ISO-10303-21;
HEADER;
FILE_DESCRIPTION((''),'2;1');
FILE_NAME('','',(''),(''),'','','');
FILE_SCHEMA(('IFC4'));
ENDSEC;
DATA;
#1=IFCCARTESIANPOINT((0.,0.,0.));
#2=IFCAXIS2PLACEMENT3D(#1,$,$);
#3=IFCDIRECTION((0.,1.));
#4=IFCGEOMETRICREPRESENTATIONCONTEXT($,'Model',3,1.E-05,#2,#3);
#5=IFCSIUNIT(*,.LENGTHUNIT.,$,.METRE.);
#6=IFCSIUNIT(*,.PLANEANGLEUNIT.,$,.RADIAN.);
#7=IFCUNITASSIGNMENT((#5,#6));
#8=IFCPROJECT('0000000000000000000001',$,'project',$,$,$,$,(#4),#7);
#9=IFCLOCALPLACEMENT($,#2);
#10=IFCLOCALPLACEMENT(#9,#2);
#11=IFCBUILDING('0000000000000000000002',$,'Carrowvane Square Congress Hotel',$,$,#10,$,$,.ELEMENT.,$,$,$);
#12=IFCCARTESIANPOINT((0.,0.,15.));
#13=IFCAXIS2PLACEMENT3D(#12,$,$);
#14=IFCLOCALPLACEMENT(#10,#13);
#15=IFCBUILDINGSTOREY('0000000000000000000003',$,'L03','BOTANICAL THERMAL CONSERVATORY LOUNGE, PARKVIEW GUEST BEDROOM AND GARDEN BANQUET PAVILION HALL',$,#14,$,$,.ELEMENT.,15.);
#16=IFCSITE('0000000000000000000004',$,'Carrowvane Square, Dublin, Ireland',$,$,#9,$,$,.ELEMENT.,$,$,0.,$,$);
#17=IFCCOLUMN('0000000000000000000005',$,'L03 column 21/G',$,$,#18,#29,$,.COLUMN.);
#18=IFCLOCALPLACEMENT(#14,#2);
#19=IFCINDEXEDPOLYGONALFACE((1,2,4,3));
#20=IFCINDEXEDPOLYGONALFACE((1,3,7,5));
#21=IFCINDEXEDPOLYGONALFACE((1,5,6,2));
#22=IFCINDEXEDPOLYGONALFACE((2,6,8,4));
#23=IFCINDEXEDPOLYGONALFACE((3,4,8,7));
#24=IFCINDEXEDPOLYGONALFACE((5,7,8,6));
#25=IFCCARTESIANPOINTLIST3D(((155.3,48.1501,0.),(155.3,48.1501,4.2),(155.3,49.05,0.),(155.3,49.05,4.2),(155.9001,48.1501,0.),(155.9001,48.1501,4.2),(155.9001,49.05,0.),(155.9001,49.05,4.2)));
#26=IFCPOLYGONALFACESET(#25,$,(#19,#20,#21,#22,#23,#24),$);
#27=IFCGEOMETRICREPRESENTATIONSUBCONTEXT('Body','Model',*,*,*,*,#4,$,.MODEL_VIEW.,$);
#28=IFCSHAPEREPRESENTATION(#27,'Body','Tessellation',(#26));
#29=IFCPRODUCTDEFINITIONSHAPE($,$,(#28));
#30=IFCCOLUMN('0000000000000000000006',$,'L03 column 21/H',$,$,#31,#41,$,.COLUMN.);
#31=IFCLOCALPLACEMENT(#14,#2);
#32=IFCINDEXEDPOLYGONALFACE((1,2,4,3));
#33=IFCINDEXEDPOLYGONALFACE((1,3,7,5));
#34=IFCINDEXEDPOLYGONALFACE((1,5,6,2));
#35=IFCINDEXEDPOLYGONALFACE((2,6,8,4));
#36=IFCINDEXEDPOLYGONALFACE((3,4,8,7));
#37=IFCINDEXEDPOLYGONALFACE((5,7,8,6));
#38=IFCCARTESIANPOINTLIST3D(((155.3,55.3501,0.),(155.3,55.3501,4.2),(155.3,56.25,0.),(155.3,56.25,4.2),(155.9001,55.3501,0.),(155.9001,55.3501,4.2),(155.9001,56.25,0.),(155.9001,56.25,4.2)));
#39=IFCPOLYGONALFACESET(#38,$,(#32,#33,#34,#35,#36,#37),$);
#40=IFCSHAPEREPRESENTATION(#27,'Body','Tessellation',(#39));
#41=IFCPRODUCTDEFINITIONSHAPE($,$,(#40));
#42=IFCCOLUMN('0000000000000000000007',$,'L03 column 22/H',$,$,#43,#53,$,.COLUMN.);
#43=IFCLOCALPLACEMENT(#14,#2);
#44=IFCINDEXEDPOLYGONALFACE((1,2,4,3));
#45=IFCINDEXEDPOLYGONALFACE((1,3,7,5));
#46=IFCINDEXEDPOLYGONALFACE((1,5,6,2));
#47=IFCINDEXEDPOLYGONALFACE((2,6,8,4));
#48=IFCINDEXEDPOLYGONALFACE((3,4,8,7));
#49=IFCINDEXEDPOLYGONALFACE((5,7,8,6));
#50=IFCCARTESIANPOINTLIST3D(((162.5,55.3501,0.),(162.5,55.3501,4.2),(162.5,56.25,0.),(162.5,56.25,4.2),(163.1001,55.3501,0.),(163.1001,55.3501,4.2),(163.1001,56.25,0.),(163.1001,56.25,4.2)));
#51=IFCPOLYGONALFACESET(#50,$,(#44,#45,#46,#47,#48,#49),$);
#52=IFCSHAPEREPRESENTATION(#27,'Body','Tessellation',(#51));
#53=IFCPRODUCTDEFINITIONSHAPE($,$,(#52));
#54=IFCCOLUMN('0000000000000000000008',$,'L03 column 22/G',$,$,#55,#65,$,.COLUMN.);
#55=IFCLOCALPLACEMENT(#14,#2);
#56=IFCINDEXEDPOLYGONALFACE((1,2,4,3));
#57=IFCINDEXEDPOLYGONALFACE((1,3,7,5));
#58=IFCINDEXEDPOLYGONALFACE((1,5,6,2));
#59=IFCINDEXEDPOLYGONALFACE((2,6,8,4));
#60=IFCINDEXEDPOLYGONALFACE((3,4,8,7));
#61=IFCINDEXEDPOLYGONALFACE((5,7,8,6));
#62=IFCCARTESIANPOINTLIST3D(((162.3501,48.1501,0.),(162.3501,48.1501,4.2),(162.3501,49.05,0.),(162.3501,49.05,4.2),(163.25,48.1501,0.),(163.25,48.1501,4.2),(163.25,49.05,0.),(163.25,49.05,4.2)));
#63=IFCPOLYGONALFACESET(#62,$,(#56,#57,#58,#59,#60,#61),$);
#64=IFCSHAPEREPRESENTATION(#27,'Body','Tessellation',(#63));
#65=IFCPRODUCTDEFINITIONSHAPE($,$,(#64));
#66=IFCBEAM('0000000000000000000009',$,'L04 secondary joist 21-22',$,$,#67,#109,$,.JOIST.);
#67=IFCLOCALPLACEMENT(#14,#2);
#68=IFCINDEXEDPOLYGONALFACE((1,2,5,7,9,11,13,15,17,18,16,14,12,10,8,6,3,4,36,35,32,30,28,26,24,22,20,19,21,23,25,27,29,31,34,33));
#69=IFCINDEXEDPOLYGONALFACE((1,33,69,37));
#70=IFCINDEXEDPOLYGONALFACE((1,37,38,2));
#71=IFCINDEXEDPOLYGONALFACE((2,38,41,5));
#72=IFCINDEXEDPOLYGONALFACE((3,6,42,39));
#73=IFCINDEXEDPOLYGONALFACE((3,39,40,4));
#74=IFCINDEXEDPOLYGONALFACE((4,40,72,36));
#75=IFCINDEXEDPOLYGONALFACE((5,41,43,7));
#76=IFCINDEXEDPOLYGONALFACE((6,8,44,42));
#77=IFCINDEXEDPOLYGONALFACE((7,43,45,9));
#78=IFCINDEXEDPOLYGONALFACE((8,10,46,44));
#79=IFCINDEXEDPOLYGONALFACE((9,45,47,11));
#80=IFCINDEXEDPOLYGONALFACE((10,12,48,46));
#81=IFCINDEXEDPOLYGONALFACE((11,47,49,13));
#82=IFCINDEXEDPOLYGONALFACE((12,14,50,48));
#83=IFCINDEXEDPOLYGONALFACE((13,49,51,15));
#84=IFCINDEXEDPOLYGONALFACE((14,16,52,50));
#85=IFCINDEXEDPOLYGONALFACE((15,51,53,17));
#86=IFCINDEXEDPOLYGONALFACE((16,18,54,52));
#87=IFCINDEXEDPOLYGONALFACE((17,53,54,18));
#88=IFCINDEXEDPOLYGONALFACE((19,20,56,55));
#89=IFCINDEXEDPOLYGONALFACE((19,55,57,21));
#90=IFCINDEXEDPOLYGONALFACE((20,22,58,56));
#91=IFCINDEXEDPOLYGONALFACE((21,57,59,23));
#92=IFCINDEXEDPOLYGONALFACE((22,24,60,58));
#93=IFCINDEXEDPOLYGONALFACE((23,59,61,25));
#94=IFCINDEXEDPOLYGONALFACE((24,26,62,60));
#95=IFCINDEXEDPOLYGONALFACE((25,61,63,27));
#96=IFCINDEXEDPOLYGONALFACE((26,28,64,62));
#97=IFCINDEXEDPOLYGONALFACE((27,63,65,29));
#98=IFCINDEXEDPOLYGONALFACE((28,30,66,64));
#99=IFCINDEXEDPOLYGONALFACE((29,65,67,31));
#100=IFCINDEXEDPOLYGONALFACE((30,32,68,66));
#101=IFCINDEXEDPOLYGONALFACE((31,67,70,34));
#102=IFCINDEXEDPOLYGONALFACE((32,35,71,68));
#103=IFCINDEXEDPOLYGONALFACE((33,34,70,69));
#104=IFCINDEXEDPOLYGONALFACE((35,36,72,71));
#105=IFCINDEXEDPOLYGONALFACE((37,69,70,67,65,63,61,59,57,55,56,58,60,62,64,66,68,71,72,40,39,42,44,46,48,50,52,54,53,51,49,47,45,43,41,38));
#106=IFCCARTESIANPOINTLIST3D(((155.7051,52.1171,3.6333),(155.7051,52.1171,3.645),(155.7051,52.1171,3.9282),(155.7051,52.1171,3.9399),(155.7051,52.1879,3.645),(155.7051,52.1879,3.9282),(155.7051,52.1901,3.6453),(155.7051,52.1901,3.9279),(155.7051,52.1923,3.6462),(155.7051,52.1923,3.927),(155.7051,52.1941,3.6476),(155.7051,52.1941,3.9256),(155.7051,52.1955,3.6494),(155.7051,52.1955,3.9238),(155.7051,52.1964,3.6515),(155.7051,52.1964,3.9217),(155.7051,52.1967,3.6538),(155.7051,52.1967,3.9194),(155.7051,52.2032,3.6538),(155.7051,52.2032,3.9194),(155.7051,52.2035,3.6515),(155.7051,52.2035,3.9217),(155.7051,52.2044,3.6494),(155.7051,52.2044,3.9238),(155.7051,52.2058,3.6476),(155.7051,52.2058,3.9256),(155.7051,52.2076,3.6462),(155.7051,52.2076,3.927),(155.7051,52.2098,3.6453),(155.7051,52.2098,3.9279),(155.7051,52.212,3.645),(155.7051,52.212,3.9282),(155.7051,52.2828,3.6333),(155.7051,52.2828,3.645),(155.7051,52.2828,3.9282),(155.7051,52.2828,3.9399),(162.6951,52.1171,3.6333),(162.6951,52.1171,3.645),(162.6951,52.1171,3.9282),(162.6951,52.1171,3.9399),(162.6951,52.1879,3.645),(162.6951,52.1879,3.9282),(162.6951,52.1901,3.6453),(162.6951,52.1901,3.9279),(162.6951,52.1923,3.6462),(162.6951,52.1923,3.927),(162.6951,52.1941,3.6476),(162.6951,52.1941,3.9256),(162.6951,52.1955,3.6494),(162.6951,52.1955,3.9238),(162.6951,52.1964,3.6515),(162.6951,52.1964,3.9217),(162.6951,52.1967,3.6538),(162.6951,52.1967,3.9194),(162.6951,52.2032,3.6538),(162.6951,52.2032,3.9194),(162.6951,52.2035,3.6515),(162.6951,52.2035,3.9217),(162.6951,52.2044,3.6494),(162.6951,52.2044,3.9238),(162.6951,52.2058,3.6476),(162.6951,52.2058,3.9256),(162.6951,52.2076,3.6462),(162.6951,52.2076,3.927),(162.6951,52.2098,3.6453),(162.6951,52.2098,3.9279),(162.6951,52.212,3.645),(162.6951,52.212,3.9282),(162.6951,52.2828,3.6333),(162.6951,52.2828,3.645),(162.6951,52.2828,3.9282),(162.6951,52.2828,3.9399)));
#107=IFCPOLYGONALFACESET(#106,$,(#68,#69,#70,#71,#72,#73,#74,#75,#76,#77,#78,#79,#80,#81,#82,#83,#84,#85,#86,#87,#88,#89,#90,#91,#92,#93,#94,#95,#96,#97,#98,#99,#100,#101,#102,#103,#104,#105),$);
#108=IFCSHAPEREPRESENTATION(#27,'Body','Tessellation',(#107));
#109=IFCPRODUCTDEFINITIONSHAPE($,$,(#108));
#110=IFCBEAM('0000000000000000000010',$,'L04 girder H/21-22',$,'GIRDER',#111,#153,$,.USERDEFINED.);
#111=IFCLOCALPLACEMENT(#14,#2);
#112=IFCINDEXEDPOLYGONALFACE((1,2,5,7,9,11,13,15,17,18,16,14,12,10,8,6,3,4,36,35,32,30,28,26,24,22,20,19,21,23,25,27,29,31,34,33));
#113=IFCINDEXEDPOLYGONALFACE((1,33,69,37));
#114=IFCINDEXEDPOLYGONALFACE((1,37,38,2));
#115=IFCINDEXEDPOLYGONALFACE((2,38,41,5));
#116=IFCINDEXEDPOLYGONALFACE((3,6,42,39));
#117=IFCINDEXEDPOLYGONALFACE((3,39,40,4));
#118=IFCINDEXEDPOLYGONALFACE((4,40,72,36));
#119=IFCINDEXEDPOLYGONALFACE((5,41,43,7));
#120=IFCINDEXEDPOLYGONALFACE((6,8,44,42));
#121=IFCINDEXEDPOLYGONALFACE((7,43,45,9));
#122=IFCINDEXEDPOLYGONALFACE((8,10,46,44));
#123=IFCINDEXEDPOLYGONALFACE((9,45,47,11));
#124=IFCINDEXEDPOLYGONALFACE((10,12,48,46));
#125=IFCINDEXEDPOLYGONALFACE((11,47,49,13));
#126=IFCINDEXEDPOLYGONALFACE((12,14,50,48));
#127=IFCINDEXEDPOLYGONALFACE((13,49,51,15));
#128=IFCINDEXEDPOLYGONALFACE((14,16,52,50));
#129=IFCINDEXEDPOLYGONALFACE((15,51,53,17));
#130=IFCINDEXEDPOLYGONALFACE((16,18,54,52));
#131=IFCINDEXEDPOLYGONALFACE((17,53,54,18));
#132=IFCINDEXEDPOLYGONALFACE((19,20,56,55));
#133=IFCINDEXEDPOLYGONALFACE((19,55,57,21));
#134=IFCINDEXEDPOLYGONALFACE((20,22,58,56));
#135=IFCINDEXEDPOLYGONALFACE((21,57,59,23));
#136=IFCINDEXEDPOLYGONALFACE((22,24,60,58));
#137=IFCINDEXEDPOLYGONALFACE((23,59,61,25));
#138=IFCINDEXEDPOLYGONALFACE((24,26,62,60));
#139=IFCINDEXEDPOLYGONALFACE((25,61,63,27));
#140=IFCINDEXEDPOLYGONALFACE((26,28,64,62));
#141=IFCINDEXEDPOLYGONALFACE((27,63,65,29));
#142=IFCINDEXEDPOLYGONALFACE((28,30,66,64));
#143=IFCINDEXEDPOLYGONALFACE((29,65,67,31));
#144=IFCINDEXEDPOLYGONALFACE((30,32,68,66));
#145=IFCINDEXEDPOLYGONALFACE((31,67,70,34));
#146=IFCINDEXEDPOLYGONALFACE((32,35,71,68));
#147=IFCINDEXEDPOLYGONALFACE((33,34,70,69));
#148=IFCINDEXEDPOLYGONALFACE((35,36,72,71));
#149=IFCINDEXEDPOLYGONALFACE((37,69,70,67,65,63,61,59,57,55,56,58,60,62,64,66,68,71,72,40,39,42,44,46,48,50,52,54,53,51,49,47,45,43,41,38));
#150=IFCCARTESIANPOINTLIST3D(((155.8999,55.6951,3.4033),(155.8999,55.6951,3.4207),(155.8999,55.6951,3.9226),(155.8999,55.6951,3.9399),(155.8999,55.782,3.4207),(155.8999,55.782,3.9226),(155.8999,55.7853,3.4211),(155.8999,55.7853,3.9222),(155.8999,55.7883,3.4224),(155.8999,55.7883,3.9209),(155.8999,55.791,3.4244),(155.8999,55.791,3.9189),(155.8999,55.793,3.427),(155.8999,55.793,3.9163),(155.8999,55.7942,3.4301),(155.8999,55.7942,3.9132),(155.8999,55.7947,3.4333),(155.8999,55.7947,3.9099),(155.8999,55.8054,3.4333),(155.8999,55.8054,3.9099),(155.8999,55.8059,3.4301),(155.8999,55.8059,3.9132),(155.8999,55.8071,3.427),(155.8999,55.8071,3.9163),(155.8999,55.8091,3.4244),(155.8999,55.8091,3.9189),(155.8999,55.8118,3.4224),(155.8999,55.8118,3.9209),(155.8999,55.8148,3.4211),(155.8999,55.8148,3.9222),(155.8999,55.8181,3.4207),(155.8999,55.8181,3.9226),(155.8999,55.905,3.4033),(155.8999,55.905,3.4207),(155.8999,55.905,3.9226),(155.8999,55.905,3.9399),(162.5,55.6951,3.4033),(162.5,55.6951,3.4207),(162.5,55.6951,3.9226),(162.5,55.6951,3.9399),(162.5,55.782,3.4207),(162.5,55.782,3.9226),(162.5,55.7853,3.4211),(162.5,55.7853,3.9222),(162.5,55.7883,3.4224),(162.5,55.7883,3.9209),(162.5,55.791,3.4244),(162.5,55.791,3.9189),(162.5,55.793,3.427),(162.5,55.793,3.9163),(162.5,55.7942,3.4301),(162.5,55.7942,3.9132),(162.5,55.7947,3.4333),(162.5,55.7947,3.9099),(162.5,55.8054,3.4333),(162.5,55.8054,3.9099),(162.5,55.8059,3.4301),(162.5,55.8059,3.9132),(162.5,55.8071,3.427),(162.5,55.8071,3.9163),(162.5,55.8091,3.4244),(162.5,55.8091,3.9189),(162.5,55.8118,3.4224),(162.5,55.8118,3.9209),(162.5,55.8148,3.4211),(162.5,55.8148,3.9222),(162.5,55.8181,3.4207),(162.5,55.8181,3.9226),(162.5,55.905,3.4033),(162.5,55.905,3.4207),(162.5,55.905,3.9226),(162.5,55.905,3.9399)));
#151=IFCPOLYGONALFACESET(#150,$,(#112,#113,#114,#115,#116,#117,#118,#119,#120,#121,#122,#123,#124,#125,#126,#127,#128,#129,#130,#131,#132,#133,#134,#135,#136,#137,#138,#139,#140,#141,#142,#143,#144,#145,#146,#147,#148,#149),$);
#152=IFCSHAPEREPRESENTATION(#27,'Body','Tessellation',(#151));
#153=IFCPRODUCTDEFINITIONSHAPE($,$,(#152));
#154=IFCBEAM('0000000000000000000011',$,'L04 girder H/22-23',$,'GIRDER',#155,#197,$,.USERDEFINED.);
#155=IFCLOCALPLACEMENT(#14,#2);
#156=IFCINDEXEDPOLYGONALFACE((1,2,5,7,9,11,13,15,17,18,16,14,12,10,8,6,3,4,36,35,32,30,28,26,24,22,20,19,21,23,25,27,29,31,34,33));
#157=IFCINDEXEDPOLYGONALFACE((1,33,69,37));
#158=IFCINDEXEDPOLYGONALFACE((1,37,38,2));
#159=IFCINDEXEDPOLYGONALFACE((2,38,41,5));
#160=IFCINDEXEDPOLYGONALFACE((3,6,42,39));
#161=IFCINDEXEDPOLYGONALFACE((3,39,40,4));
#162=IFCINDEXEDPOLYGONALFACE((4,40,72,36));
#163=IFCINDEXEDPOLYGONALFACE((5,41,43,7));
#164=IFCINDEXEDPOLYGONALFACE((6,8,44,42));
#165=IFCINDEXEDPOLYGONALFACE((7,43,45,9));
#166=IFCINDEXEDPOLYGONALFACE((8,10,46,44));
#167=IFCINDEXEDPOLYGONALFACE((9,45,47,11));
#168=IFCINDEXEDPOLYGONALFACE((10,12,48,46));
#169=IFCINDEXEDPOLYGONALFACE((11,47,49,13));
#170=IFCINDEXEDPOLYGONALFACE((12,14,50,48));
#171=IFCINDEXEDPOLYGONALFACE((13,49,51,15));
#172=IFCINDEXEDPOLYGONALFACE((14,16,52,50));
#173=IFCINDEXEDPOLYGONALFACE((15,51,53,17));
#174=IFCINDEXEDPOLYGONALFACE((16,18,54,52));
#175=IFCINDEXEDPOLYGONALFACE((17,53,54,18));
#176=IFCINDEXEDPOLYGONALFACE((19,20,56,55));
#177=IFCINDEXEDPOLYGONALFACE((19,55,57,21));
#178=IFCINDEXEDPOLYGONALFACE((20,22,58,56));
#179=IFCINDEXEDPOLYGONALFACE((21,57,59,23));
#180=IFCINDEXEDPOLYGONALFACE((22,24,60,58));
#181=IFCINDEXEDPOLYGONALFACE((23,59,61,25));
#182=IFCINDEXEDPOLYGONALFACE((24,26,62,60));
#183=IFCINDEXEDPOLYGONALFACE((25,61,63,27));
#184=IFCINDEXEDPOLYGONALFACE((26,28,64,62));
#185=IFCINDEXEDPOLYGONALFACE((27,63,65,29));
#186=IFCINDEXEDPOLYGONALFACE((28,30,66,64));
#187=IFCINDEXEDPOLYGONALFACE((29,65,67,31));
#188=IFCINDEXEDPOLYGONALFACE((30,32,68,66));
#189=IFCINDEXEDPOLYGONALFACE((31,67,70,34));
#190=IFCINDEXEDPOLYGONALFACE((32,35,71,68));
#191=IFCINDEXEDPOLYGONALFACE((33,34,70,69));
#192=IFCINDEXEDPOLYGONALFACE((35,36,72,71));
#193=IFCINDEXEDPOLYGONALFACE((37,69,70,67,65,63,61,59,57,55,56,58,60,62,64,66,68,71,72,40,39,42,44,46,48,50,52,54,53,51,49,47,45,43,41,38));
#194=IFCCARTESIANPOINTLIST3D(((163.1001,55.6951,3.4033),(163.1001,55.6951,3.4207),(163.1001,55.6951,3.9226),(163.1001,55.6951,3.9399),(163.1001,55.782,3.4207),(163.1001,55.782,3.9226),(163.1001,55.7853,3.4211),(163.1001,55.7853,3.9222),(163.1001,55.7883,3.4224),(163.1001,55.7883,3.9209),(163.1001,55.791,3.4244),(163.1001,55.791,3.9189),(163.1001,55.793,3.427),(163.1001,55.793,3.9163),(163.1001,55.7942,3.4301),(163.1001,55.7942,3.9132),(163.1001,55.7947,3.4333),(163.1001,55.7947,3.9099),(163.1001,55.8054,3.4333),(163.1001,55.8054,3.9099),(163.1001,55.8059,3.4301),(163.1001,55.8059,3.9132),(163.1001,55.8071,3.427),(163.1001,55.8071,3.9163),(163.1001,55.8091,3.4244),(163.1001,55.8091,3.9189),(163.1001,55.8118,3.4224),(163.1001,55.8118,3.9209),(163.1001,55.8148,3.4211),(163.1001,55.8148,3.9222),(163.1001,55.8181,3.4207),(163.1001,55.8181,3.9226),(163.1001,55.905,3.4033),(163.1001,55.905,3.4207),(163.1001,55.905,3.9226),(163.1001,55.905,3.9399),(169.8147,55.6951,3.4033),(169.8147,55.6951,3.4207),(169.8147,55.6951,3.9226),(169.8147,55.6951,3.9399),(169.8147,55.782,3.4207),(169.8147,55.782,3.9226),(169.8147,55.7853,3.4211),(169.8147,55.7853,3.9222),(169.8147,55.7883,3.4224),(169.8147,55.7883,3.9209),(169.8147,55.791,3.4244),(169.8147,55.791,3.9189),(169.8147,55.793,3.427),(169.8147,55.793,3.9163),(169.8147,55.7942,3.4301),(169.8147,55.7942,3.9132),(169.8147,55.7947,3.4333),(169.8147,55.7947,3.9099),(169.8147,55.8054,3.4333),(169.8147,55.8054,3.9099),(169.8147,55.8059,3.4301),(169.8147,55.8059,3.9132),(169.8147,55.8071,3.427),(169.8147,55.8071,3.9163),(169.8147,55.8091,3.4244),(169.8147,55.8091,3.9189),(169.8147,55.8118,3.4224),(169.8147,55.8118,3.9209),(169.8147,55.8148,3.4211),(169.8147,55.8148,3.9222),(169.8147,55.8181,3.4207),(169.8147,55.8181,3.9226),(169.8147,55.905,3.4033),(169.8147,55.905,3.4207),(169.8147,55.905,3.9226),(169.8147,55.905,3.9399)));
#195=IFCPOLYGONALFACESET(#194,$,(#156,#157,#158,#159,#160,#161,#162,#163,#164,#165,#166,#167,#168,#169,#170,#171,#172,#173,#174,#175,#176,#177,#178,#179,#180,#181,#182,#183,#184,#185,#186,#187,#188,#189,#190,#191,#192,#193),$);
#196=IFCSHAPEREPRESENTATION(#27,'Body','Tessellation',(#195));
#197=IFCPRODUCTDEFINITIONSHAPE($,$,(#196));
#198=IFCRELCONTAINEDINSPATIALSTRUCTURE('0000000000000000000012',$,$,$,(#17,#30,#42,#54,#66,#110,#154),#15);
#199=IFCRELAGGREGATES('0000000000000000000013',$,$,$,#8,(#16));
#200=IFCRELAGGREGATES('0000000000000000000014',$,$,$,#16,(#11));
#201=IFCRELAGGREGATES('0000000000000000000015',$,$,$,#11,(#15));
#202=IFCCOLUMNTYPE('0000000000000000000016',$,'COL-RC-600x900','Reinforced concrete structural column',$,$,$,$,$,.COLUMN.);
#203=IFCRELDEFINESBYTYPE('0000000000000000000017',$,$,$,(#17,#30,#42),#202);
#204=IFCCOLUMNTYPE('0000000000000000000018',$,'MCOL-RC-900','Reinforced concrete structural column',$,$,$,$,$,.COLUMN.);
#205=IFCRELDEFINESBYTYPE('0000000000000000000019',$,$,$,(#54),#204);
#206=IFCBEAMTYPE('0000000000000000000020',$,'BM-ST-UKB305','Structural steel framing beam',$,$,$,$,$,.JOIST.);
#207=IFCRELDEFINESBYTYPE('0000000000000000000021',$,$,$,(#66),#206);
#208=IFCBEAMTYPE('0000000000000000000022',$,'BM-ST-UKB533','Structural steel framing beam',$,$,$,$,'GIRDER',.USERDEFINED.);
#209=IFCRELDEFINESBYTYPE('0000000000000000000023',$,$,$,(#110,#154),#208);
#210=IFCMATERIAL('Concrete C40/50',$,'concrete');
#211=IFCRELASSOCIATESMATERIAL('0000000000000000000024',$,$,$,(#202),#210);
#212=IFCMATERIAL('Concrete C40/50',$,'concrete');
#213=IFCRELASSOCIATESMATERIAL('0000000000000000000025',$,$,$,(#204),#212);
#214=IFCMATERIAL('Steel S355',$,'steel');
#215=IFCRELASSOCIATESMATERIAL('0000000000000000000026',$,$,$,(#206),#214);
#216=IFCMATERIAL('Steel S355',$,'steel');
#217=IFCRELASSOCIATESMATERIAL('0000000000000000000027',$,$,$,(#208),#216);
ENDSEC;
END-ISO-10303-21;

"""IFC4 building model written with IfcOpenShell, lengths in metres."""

from ifc_helpers import new_model, si_unit, direction, frame, origin, origin_2d, place, context, subcontext, project, spatial, rectangle, i_section, extrude, material, material_profile, profile_set, type_object, element, save


model = new_model("IFC4")

# Units and contexts
model_context = context("Model", 3, precision=1e-05, world=origin(), true_north=direction((0.0, 1.0)))
body_context = subcontext(model_context, "Body", "Model", "MODEL_VIEW")
ifc_project = project(units=[si_unit("LENGTHUNIT", "METRE"), si_unit("PLANEANGLEUNIT", "RADIAN")], contexts=[model_context])

# Site, building, storey
site_placement = place(None, origin())
site = spatial("IfcSite", under=ifc_project, at=site_placement, Name="Carrowvane Square, Dublin, Ireland", CompositionType="ELEMENT", RefElevation=0.0)
building_placement = place(site_placement, origin())
building = spatial("IfcBuilding", under=site, at=building_placement, Name="Carrowvane Square Congress Hotel", CompositionType="ELEMENT")
storey_placement = place(building_placement, frame((0.0, 0.0, 15.0)))
storey = spatial("IfcBuildingStorey", under=building, at=storey_placement, Name="L03", Description="BOTANICAL THERMAL CONSERVATORY LOUNGE, PARKVIEW GUEST BEDROOM AND GARDEN BANQUET PAVILION HALL", CompositionType="ELEMENT", Elevation=15.0)

# Columns
ifc_material_1 = material(Name="Concrete C40/50", Category="concrete")
ifc_material_profile_1 = material_profile(ifc_material_1, rectangle(XDim=0.6001, YDim=0.8999, at=origin_2d()), Name="RC 600x900")
ifc_profile_set_1 = profile_set([ifc_material_profile_1], Name="Concrete C40/50")
column_type_1 = type_object("IfcColumnType", Name="COL-RC-600x900", Description="Reinforced concrete structural column", PredefinedType="COLUMN", material=ifc_profile_set_1)
for number, where, z_axis, x_axis, name in (
    (1, (155.6001, 48.6001, 0.0), (0.0, 0.0, 1.0), (1.0, 0.0, 0.0), "L03 column 21/G"),
    (2, (155.6001, 55.8, 0.0), (0.0, 0.0, 1.0), (1.0, 0.0, 0.0), "L03 column 21/H"),
    (3, (162.8, 55.8, 0.0), (0.0, 0.0, 1.0), (1.0, 0.0, 0.0), "L03 column 22/H"),
):
    element("IfcColumn", number, at=place(storey_placement, frame(where, z_axis=z_axis, x_axis=x_axis)), inside=storey, type_object=column_type_1, Name=name, PredefinedType="COLUMN", context=body_context, shape_type="SweptSolid", body=[
        extrude(rectangle(XDim=0.6001, YDim=0.8999, at=origin_2d()), origin(), (0.0, 0.0, 1.0), 4.2),
    ])
ifc_material_2 = material(Name="Concrete C40/50", Category="concrete")
ifc_material_profile_2 = material_profile(ifc_material_2, rectangle(XDim=0.8999, YDim=0.8999, at=origin_2d()), Name="RC 900x900")
ifc_profile_set_2 = profile_set([ifc_material_profile_2], Name="Concrete C40/50")
column_type_2 = type_object("IfcColumnType", Name="MCOL-RC-900", Description="Reinforced concrete structural column", PredefinedType="COLUMN", material=ifc_profile_set_2)
column_placement = place(storey_placement, frame((162.8, 48.6001, 0.0), z_axis=(0.0, 0.0, 1.0), x_axis=(1.0, 0.0, 0.0)))
element("IfcColumn", 4, at=column_placement, inside=storey, type_object=column_type_2, Name="L03 column 22/G", PredefinedType="COLUMN", context=body_context, shape_type="SweptSolid", body=[
    extrude(rectangle(XDim=0.8999, YDim=0.8999, at=origin_2d()), origin(), (0.0, 0.0, 1.0), 4.2),
])

# Beams
ifc_material_3 = material(Name="Steel S355", Category="steel")
ifc_material_profile_3 = material_profile(ifc_material_3, i_section(OverallWidth=0.1658, OverallDepth=0.3066, WebThickness=0.0066, FlangeThickness=0.0117, FilletRadius=0.0088, at=origin_2d()), Name="UKB 305x165x46")
ifc_profile_set_3 = profile_set([ifc_material_profile_3], Name="Steel S355")
beam_type_1 = type_object("IfcBeamType", Name="BM-ST-UKB305", Description="Structural steel framing beam", PredefinedType="JOIST", material=ifc_profile_set_3)
beam_1_placement = place(storey_placement, frame((155.7051, 52.2, 3.7866), z_axis=(1.0, 0.0, 0.0), x_axis=(0.0, 1.0, 0.0)))
element("IfcBeam", 5, at=beam_1_placement, inside=storey, type_object=beam_type_1, Name="L04 secondary joist 21-22", PredefinedType="JOIST", context=body_context, shape_type="SweptSolid", body=[
    extrude(i_section(OverallWidth=0.1658, OverallDepth=0.3066, WebThickness=0.0066, FlangeThickness=0.0117, FilletRadius=0.0088, at=origin_2d()), origin(), (0.0, 0.0, 1.0), 6.99),
])
ifc_material_4 = material(Name="Steel S355", Category="steel")
ifc_material_profile_4 = material_profile(ifc_material_4, i_section(OverallWidth=0.21, OverallDepth=0.5366, WebThickness=0.0107, FlangeThickness=0.0173, FilletRadius=0.0127, at=origin_2d()), Name="UKB 533x210x101")
ifc_profile_set_4 = profile_set([ifc_material_profile_4], Name="Steel S355")
beam_type_2 = type_object("IfcBeamType", Name="BM-ST-UKB533", Description="Structural steel framing beam", ElementType="GIRDER", PredefinedType="USERDEFINED", material=ifc_profile_set_4)
beam_2_placement = place(storey_placement, frame((155.8999, 55.8, 3.6716), z_axis=(1.0, 0.0, 0.0), x_axis=(0.0, 1.0, 0.0)))
element("IfcBeam", 6, at=beam_2_placement, inside=storey, type_object=beam_type_2, Name="L04 girder H/21-22", ObjectType="GIRDER", PredefinedType="USERDEFINED", context=body_context, shape_type="SweptSolid", body=[
    extrude(i_section(OverallWidth=0.21, OverallDepth=0.5366, WebThickness=0.0107, FlangeThickness=0.0173, FilletRadius=0.0127, at=origin_2d()), origin(), (0.0, 0.0, 1.0), 6.6001),
])
beam_3_placement = place(storey_placement, frame((163.1001, 55.8, 3.6716), z_axis=(1.0, 0.0, 0.0), x_axis=(0.0, 1.0, 0.0)))
element("IfcBeam", 7, at=beam_3_placement, inside=storey, type_object=beam_type_2, Name="L04 girder H/22-23", ObjectType="GIRDER", PredefinedType="USERDEFINED", context=body_context, shape_type="SweptSolid", body=[
    extrude(i_section(OverallWidth=0.21, OverallDepth=0.5366, WebThickness=0.0107, FlangeThickness=0.0173, FilletRadius=0.0127, at=origin_2d()), origin(), (0.0, 0.0, 1.0), 6.7146),
])

save(model, "model.ifc")
